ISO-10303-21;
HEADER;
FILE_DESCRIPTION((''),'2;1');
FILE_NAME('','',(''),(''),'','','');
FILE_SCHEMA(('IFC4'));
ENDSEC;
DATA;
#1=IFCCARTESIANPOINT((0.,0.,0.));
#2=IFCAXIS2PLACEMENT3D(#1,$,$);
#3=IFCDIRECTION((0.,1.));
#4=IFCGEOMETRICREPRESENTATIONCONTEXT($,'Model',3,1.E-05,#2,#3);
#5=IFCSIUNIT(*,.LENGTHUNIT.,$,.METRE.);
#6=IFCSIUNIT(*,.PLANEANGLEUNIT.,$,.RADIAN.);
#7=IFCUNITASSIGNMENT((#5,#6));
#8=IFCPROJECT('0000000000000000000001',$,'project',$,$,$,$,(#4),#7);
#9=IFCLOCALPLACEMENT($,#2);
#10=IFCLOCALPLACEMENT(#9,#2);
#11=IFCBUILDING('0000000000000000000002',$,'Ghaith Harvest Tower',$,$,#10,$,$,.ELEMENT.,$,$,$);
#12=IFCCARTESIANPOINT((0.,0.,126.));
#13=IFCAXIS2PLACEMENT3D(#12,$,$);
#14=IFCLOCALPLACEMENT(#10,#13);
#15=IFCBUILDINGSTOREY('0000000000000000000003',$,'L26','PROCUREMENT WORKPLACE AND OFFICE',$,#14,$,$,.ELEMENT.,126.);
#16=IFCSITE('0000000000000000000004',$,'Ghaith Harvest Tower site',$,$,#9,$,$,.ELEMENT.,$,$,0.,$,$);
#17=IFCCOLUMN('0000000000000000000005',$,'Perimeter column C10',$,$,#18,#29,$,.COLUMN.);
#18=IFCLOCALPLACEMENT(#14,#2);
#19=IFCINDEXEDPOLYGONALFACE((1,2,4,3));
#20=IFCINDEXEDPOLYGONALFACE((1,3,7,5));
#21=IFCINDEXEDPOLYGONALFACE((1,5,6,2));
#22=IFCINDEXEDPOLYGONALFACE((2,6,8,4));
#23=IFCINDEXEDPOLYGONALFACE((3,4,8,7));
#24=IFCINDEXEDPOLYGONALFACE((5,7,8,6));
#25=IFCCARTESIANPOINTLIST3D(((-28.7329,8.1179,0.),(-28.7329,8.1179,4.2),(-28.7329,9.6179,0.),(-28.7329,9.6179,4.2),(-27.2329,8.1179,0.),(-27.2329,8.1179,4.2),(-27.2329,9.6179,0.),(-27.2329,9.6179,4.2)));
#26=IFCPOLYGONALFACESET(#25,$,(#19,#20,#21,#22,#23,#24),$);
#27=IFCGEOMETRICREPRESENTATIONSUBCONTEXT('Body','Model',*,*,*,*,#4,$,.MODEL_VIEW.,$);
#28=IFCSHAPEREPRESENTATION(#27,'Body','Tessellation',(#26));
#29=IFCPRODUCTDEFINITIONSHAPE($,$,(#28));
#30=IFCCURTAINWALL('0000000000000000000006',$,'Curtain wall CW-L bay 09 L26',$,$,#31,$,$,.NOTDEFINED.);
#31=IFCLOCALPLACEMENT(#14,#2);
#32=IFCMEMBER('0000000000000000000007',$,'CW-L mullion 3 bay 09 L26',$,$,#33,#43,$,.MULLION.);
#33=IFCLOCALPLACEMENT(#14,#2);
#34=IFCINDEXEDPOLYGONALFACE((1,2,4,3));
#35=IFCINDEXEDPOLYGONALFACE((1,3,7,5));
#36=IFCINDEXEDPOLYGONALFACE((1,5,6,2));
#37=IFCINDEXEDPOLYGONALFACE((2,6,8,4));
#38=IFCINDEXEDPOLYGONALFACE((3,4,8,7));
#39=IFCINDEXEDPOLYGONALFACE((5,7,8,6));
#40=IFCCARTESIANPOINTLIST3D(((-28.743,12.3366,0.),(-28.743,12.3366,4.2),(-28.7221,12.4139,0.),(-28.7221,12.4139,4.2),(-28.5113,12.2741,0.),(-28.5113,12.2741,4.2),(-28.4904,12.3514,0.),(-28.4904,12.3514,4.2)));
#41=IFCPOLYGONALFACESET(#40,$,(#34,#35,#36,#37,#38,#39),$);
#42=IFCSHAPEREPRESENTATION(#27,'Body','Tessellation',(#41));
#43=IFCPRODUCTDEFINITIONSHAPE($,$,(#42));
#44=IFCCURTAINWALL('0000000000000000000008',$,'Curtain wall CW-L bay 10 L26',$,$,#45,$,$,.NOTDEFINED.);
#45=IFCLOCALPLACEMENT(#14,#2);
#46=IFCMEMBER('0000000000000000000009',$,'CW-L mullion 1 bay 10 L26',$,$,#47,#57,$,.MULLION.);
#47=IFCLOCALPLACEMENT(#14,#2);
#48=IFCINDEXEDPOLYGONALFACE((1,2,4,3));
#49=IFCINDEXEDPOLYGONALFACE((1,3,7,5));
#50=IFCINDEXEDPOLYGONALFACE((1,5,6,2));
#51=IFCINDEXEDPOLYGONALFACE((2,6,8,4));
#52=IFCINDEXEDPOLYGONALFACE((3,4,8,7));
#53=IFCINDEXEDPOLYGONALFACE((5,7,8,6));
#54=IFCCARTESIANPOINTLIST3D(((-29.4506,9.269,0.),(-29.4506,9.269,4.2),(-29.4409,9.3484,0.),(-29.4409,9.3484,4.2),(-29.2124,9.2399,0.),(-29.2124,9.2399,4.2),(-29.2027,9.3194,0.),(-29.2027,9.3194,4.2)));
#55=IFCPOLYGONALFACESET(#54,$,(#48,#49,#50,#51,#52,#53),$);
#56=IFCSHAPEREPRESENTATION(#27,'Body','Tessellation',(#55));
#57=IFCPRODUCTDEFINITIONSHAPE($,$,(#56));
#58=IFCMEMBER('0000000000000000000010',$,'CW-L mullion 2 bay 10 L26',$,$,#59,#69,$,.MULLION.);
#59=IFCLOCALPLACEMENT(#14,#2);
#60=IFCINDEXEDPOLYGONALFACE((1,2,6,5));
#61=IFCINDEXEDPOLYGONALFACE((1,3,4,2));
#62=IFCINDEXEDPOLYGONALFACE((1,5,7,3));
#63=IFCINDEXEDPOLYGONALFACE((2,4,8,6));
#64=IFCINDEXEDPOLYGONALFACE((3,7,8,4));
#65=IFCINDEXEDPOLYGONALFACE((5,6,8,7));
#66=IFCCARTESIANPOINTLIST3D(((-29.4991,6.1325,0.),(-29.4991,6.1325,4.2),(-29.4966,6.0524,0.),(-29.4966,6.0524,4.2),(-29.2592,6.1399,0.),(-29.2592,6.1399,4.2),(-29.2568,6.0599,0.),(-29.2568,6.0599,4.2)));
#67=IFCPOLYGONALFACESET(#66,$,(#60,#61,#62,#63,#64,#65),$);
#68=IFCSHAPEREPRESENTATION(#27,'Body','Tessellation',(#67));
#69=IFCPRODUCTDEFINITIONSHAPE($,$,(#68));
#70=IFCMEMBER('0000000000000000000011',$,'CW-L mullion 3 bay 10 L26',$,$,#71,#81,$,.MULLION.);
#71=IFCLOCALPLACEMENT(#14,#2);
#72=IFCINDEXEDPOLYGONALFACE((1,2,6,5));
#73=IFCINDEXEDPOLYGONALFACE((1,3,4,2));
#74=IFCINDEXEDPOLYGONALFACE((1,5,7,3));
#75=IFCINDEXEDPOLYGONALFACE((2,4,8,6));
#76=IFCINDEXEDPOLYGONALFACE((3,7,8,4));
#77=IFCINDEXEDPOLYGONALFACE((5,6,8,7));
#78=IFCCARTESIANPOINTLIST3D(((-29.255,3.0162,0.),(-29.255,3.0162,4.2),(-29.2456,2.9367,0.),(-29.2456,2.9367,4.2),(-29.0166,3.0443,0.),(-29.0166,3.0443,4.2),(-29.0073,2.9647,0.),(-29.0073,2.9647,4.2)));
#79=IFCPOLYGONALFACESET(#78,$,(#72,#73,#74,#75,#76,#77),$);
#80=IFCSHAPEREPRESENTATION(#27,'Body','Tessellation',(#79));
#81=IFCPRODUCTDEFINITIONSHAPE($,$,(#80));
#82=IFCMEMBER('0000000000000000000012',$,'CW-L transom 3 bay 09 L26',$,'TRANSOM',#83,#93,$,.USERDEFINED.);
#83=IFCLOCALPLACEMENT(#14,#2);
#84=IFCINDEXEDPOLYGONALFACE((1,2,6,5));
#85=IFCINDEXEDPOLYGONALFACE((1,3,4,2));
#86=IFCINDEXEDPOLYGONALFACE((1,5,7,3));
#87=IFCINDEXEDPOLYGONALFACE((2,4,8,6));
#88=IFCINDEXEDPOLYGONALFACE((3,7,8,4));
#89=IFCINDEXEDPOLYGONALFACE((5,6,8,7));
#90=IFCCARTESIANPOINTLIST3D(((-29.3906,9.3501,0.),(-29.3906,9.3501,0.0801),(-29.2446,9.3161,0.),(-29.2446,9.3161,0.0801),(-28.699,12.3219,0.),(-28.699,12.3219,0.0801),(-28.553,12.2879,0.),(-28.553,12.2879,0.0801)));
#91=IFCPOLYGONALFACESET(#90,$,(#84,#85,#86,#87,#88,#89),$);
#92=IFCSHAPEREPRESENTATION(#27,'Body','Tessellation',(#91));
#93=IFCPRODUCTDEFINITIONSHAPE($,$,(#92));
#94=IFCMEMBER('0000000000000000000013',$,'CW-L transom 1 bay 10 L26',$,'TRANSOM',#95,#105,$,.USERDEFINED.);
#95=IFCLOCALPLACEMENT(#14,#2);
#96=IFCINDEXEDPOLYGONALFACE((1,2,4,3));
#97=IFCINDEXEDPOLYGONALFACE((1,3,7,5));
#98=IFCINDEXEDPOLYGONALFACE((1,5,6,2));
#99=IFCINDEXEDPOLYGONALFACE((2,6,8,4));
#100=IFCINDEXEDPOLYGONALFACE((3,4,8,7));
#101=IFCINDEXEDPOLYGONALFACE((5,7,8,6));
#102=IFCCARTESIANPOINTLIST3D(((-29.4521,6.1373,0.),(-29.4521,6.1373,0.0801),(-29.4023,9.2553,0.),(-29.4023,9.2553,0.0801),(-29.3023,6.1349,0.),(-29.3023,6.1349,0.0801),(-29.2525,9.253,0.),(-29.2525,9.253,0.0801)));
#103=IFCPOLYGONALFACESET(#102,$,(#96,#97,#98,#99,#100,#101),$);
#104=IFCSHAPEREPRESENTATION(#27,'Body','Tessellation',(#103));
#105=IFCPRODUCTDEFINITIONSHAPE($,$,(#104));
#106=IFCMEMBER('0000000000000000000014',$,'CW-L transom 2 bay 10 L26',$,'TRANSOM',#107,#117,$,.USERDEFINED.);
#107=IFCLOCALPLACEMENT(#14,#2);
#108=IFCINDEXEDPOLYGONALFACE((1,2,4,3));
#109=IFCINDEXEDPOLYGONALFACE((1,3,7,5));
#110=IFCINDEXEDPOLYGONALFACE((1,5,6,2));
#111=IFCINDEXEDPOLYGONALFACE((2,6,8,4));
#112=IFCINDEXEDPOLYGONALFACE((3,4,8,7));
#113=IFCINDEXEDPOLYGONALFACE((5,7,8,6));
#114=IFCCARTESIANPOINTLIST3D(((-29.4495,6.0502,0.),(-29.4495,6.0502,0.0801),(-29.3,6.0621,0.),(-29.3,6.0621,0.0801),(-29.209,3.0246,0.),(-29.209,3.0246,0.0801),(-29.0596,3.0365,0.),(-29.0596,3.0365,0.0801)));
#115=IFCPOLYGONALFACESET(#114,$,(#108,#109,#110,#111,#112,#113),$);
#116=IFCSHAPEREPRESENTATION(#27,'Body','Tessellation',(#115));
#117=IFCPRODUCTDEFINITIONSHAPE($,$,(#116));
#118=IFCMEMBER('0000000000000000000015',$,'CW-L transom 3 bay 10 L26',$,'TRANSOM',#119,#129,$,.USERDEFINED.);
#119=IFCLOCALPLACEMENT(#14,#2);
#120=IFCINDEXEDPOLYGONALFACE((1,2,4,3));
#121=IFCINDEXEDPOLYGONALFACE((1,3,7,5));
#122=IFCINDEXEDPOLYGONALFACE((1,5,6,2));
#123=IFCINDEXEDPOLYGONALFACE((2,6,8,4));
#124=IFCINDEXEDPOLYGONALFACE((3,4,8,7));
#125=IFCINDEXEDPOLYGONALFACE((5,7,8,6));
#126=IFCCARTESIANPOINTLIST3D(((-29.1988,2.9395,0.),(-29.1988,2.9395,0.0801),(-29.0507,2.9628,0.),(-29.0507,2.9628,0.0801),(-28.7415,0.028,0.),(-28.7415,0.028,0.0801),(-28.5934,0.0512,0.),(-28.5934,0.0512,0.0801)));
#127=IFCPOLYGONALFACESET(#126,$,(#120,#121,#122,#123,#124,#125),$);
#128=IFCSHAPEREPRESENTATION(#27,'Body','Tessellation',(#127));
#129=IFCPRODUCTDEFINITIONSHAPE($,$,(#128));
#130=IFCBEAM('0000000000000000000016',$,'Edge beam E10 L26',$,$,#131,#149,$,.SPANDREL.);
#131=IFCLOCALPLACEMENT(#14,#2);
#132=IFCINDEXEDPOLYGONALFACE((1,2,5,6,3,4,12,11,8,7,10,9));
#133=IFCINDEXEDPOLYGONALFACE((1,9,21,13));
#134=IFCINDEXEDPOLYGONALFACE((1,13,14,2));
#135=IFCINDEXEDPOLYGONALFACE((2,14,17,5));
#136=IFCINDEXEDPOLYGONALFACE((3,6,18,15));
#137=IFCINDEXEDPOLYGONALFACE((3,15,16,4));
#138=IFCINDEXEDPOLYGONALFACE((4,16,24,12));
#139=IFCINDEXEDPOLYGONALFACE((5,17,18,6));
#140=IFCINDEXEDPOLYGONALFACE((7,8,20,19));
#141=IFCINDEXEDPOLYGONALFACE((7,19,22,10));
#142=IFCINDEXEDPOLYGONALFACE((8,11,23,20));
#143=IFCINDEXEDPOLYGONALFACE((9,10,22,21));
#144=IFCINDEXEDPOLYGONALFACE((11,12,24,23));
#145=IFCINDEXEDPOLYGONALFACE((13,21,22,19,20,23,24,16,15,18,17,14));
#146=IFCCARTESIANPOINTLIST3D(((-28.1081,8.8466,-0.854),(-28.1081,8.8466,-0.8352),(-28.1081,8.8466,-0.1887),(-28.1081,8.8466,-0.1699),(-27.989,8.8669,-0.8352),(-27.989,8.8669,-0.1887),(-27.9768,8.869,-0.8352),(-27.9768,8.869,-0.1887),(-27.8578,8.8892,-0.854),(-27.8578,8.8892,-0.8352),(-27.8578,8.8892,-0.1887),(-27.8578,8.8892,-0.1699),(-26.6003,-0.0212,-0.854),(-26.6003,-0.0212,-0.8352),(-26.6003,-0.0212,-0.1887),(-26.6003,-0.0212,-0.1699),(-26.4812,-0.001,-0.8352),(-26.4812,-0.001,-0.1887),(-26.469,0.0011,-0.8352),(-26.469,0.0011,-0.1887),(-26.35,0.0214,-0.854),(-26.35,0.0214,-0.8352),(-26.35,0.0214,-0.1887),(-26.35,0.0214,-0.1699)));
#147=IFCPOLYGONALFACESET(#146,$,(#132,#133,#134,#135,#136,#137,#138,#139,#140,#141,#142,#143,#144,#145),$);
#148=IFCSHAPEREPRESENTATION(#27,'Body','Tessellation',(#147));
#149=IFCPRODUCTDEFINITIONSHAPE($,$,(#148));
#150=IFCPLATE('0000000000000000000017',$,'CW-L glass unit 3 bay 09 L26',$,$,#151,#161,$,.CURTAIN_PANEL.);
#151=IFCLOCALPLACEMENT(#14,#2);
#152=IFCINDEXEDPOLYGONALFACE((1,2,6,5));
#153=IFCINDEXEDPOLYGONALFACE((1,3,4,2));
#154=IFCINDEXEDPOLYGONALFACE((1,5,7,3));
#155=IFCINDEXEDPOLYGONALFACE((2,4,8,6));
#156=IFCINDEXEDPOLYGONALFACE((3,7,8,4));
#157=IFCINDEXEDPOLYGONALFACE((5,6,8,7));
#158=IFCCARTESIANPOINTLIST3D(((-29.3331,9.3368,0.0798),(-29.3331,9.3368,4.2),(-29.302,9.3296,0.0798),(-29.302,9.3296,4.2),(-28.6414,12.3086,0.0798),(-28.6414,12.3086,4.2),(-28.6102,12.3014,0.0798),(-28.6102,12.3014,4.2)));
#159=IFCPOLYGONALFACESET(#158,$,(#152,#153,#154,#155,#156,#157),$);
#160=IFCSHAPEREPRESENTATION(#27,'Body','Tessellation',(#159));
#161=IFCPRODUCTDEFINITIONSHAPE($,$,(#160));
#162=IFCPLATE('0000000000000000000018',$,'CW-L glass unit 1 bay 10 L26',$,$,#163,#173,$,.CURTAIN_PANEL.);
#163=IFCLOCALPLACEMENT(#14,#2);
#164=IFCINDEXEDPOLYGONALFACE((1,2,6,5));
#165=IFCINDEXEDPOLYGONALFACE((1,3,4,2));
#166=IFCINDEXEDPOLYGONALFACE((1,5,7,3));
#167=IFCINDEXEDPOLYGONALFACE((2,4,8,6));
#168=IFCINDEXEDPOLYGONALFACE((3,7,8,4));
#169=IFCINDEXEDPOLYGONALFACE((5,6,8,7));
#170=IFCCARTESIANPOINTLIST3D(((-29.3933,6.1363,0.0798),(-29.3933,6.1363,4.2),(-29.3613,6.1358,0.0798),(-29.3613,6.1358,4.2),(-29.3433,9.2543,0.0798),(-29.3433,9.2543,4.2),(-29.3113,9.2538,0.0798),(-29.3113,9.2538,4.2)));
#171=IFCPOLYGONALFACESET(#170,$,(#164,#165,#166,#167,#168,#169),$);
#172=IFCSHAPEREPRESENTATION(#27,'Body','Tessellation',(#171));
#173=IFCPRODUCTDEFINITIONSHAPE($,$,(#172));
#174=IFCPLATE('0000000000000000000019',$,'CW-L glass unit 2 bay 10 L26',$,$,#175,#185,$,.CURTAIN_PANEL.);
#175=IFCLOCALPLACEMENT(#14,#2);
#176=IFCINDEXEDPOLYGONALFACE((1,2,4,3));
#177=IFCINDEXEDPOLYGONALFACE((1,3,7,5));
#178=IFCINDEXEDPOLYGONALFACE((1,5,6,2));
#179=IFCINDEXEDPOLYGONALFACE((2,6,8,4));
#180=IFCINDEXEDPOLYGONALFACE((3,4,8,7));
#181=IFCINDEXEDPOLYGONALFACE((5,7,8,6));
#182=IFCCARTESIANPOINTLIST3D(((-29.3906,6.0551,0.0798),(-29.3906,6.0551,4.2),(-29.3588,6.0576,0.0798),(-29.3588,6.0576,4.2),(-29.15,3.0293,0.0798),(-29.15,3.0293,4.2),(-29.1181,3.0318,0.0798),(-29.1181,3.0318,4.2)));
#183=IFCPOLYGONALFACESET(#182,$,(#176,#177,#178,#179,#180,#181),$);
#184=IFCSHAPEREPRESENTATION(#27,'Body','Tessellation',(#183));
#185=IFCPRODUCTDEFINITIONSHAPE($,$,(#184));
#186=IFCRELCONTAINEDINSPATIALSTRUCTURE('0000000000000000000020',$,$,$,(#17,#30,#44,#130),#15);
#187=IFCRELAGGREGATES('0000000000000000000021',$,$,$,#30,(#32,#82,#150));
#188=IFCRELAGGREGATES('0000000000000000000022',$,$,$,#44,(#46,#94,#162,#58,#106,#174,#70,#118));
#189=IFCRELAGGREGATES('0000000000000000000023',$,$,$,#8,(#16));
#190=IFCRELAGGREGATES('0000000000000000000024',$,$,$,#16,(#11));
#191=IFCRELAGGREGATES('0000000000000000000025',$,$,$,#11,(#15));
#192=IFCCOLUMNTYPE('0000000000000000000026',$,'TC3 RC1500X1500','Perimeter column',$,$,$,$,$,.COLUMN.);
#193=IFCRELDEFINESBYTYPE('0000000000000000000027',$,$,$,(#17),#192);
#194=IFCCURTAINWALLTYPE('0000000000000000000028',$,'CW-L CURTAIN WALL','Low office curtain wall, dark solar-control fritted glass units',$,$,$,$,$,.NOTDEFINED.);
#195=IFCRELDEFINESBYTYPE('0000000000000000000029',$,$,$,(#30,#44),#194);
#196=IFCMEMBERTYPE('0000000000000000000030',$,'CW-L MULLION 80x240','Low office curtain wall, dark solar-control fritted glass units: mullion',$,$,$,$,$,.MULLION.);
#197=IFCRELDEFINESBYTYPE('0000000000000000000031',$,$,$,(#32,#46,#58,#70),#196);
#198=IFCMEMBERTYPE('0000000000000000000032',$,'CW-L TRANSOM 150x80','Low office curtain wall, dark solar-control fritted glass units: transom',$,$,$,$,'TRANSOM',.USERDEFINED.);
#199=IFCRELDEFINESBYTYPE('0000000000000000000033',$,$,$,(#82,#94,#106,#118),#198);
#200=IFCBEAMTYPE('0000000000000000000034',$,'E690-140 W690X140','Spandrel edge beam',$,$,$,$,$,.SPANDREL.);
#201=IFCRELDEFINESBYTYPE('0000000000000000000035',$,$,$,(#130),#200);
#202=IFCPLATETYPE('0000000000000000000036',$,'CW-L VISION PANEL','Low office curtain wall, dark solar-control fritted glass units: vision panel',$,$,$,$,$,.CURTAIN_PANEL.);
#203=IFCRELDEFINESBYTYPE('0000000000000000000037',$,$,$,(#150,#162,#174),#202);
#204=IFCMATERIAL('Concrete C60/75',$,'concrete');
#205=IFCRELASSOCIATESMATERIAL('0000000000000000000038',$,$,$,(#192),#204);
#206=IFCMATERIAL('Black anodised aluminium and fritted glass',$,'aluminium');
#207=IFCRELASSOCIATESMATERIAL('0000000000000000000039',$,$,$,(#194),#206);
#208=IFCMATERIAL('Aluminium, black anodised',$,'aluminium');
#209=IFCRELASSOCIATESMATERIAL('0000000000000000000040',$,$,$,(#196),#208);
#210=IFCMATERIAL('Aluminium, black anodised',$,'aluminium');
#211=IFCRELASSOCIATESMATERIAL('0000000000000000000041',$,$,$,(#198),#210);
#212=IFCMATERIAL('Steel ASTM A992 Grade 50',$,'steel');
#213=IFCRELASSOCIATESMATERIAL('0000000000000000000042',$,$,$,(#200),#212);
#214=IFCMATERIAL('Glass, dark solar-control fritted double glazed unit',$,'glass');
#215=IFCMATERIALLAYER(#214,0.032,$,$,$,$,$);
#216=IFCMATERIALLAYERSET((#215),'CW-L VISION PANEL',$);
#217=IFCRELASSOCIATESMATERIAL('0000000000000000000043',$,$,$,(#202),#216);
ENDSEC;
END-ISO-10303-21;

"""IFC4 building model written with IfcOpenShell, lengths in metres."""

from ifc_helpers import new_model, si_unit, direction, frame, origin, origin_2d, place, context, subcontext, project, spatial, rectangle, i_section, extrude, material, layer, layer_set, material_profile, profile_set, type_object, element, aggregate, save


model = new_model("IFC4")

# Units and contexts
model_context = context("Model", 3, precision=1e-05, world=origin(), true_north=direction((0.0, 1.0)))
body_context = subcontext(model_context, "Body", "Model", "MODEL_VIEW")
ifc_project = project(units=[si_unit("LENGTHUNIT", "METRE"), si_unit("PLANEANGLEUNIT", "RADIAN")], contexts=[model_context])

# Site, building, storey
site_placement = place(None, origin())
site = spatial("IfcSite", under=ifc_project, at=site_placement, Name="Ghaith Harvest Tower site", CompositionType="ELEMENT", RefElevation=0.0)
building_placement = place(site_placement, origin())
building = spatial("IfcBuilding", under=site, at=building_placement, Name="Ghaith Harvest Tower", CompositionType="ELEMENT")
storey_placement = place(building_placement, frame((0.0, 0.0, 126.0)))
storey = spatial("IfcBuildingStorey", under=building, at=storey_placement, Name="L26", Description="PROCUREMENT WORKPLACE AND OFFICE", CompositionType="ELEMENT", Elevation=126.0)

# Column
ifc_material_1 = material(Name="Concrete C60/75", Category="concrete")
ifc_material_profile_1 = material_profile(ifc_material_1, rectangle(XDim=1.5, YDim=1.5, at=origin_2d()), Name="RC1500X1500")
ifc_profile_set_1 = profile_set([ifc_material_profile_1], Name="Concrete C60/75")
column_type = type_object("IfcColumnType", Name="TC3 RC1500X1500", Description="Perimeter column", PredefinedType="COLUMN", material=ifc_profile_set_1)
column_placement = place(storey_placement, frame((-27.9829, 8.8679, 0.0), z_axis=(0.0, 0.0, 1.0), x_axis=(1.0, 0.0, 0.0)))
element("IfcColumn", 1, at=column_placement, inside=storey, type_object=column_type, Name="Perimeter column C10", PredefinedType="COLUMN", context=body_context, shape_type="SweptSolid", body=[
    extrude(rectangle(XDim=1.5, YDim=1.5, at=origin_2d()), origin(), (0.0, 0.0, 1.0), 4.2),
])

# Curtain wall, member
ifc_material_2 = material(Name="Black anodised aluminium and fritted glass", Category="aluminium")
curtain_wall_type = type_object("IfcCurtainWallType", Name="CW-L CURTAIN WALL", Description="Low office curtain wall, dark solar-control fritted glass units", PredefinedType="NOTDEFINED", material=ifc_material_2)
curtain_wall_1_placement = place(storey_placement, origin())
curtain_wall_1 = element("IfcCurtainWall", 2, at=curtain_wall_1_placement, inside=storey, type_object=curtain_wall_type, Name="Curtain wall CW-L bay 09 L26", PredefinedType="NOTDEFINED")
ifc_material_3 = material(Name="Aluminium, black anodised", Category="aluminium")
ifc_material_profile_2 = material_profile(ifc_material_3, rectangle(XDim=0.0801, YDim=0.24, at=origin_2d()), Name="CW-L MULLION 80x240")
ifc_profile_set_2 = profile_set([ifc_material_profile_2], Name="Aluminium, black anodised")
member_type_1 = type_object("IfcMemberType", Name="CW-L MULLION 80x240", Description="Low office curtain wall, dark solar-control fritted glass units: mullion", PredefinedType="MULLION", material=ifc_profile_set_2)
member_1_placement = place(storey_placement, frame((-28.6167, 12.344, 0.0), z_axis=(0.0, 0.0, 1.0), x_axis=(-0.260727, -0.965412, 0.0)))
member_1 = element("IfcMember", 3, at=member_1_placement, type_object=member_type_1, Name="CW-L mullion 3 bay 09 L26", PredefinedType="MULLION", context=body_context, shape_type="SweptSolid", body=[
    extrude(rectangle(XDim=0.0801, YDim=0.24, at=origin_2d()), origin(), (0.0, 0.0, 1.0), 4.2),
])

# Curtain wall, members
curtain_wall_2_placement = place(storey_placement, origin())
curtain_wall_2 = element("IfcCurtainWall", 4, at=curtain_wall_2_placement, inside=storey, type_object=curtain_wall_type, Name="Curtain wall CW-L bay 10 L26", PredefinedType="NOTDEFINED")
member_2_placement = place(storey_placement, frame((-29.3267, 9.2942, 0.0), z_axis=(0.0, 0.0, 1.0), x_axis=(-0.120932, -0.992661, 0.0)))
member_2 = element("IfcMember", 5, at=member_2_placement, type_object=member_type_1, Name="CW-L mullion 1 bay 10 L26", PredefinedType="MULLION", context=body_context, shape_type="SweptSolid", body=[
    extrude(rectangle(XDim=0.0801, YDim=0.24, at=origin_2d()), origin(), (0.0, 0.0, 1.0), 4.2),
])
member_3_placement = place(storey_placement, frame((-29.3779, 6.0962, 0.0), z_axis=(0.0, 0.0, 1.0), x_axis=(0.031028, -0.999519, 0.0)))
member_3 = element("IfcMember", 6, at=member_3_placement, type_object=member_type_1, Name="CW-L mullion 2 bay 10 L26", PredefinedType="MULLION", context=body_context, shape_type="SweptSolid", body=[
    extrude(rectangle(XDim=0.0801, YDim=0.24, at=origin_2d()), origin(), (0.0, 0.0, 1.0), 4.2),
])
member_4_placement = place(storey_placement, frame((-29.1311, 2.9905, 0.0), z_axis=(0.0, 0.0, 1.0), x_axis=(0.116764, -0.99316, 0.0)))
member_4 = element("IfcMember", 7, at=member_4_placement, type_object=member_type_1, Name="CW-L mullion 3 bay 10 L26", PredefinedType="MULLION", context=body_context, shape_type="SweptSolid", body=[
    extrude(rectangle(XDim=0.0801, YDim=0.24, at=origin_2d()), origin(), (0.0, 0.0, 1.0), 4.2),
])

# Members
ifc_material_4 = material(Name="Aluminium, black anodised", Category="aluminium")
ifc_material_profile_3 = material_profile(ifc_material_4, rectangle(XDim=0.1499, YDim=0.0801, at=origin_2d()), Name="CW-L TRANSOM 150x80")
ifc_profile_set_3 = profile_set([ifc_material_profile_3], Name="Aluminium, black anodised")
member_type_2 = type_object("IfcMemberType", Name="CW-L TRANSOM 150x80", Description="Low office curtain wall, dark solar-control fritted glass units: transom", ElementType="TRANSOM", PredefinedType="USERDEFINED", material=ifc_profile_set_3)
member_5_placement = place(storey_placement, frame((-28.626, 12.3049, 0.04), z_axis=(-0.226671, -0.973971, 0.0), x_axis=(0.973971, -0.226671, 0.0)))
member_5 = element("IfcMember", 8, at=member_5_placement, type_object=member_type_2, Name="CW-L transom 3 bay 09 L26", ObjectType="TRANSOM", PredefinedType="USERDEFINED", context=body_context, shape_type="SweptSolid", body=[
    extrude(rectangle(XDim=0.1499, YDim=0.0801, at=origin_2d()), origin(), (0.0, 0.0, 1.0), 3.0513),
])
member_6_placement = place(storey_placement, frame((-29.3274, 9.2542, 0.04), z_axis=(-0.015972, -0.999872, 0.0), x_axis=(0.999872, -0.015972, 0.0)))
member_6 = element("IfcMember", 9, at=member_6_placement, type_object=member_type_2, Name="CW-L transom 1 bay 10 L26", ObjectType="TRANSOM", PredefinedType="USERDEFINED", context=body_context, shape_type="SweptSolid", body=[
    extrude(rectangle(XDim=0.1499, YDim=0.0801, at=origin_2d()), origin(), (0.0, 0.0, 1.0), 3.1184),
])
member_7_placement = place(storey_placement, frame((-29.3748, 6.0562, 0.04), z_axis=(0.07923, -0.996856, 0.0), x_axis=(0.996856, 0.07923, 0.0)))
member_7 = element("IfcMember", 10, at=member_7_placement, type_object=member_type_2, Name="CW-L transom 2 bay 10 L26", ObjectType="TRANSOM", PredefinedType="USERDEFINED", context=body_context, shape_type="SweptSolid", body=[
    extrude(rectangle(XDim=0.1499, YDim=0.0801, at=origin_2d()), origin(), (0.0, 0.0, 1.0), 3.0352),
])
member_8_placement = place(storey_placement, frame((-29.1248, 2.9512, 0.04), z_axis=(0.15515, -0.987891, 0.0), x_axis=(0.987891, 0.15515, 0.0)))
member_8 = element("IfcMember", 11, at=member_8_placement, type_object=member_type_2, Name="CW-L transom 3 bay 10 L26", ObjectType="TRANSOM", PredefinedType="USERDEFINED", context=body_context, shape_type="SweptSolid", body=[
    extrude(rectangle(XDim=0.1499, YDim=0.0801, at=origin_2d()), origin(), (0.0, 0.0, 1.0), 2.9473),
])

# Beam
ifc_material_5 = material(Name="Steel ASTM A992 Grade 50", Category="steel")
ifc_material_profile_4 = material_profile(ifc_material_5, i_section(OverallWidth=0.2539, OverallDepth=0.6841, WebThickness=0.0125, FlangeThickness=0.0188, at=origin_2d()), Name="W690X140")
ifc_profile_set_4 = profile_set([ifc_material_profile_4], Name="Steel ASTM A992 Grade 50")
beam_type = type_object("IfcBeamType", Name="E690-140 W690X140", Description="Spandrel edge beam", PredefinedType="SPANDREL", material=ifc_profile_set_4)
beam_placement = place(storey_placement, frame((-27.9829, 8.8679, -0.512), z_axis=(0.167624, -0.985851, 0.0), x_axis=(0.985851, 0.167624, 0.0)))
element("IfcBeam", 12, at=beam_placement, inside=storey, type_object=beam_type, Name="Edge beam E10 L26", PredefinedType="SPANDREL", context=body_context, shape_type="SweptSolid", body=[
    extrude(i_section(OverallWidth=0.2539, OverallDepth=0.6841, WebThickness=0.0125, FlangeThickness=0.0188, at=origin_2d()), origin(), (0.0, 0.0, 1.0), 8.9951),
])

# Plates
ifc_material_6 = material(Name="Glass, dark solar-control fritted double glazed unit", Category="glass")
ifc_layer_1 = layer(ifc_material_6, 0.032)
ifc_layer_set_1 = layer_set([ifc_layer_1], Name="CW-L VISION PANEL")
plate_type_1 = type_object("IfcPlateType", Name="CW-L VISION PANEL", Description="Low office curtain wall, dark solar-control fritted glass units: vision panel", PredefinedType="CURTAIN_PANEL", material=ifc_layer_set_1)
plate_1_placement = place(storey_placement, frame((-28.9717, 10.8191, 0.0798), z_axis=(0.0, 0.0, 1.0), x_axis=(-0.226699, -0.973965, 0.0)))
plate_1 = element("IfcPlate", 13, at=plate_1_placement, type_object=plate_type_1, Name="CW-L glass unit 3 bay 09 L26", PredefinedType="CURTAIN_PANEL", context=body_context, shape_type="SweptSolid", body=[
    extrude(rectangle(XDim=3.0513, YDim=0.032, at=origin_2d()), origin(), (0.0, 0.0, 1.0), 4.1201),
])
aggregate(curtain_wall_1, [member_1, member_5, plate_1])
plate_2_placement = place(storey_placement, frame((-29.3523, 7.6951, 0.0798), z_axis=(0.0, 0.0, 1.0), x_axis=(-0.016034, -0.999871, 0.0)))
plate_2 = element("IfcPlate", 14, at=plate_2_placement, type_object=plate_type_1, Name="CW-L glass unit 1 bay 10 L26", PredefinedType="CURTAIN_PANEL", context=body_context, shape_type="SweptSolid", body=[
    extrude(rectangle(XDim=3.1184, YDim=0.032, at=origin_2d()), origin(), (0.0, 0.0, 1.0), 4.1201),
])
plate_3_placement = place(storey_placement, frame((-29.2544, 4.5435, 0.0798), z_axis=(0.0, 0.0, 1.0), x_axis=(0.079273, -0.996853, 0.0)))
plate_3 = element("IfcPlate", 15, at=plate_3_placement, type_object=plate_type_1, Name="CW-L glass unit 2 bay 10 L26", PredefinedType="CURTAIN_PANEL", context=body_context, shape_type="SweptSolid", body=[
    extrude(rectangle(XDim=3.0354, YDim=0.032, at=origin_2d()), origin(), (0.0, 0.0, 1.0), 4.1201),
])
aggregate(curtain_wall_2, [member_2, member_6, plate_2, member_3, member_7, plate_3, member_4, member_8])

save(model, "model.ifc")
